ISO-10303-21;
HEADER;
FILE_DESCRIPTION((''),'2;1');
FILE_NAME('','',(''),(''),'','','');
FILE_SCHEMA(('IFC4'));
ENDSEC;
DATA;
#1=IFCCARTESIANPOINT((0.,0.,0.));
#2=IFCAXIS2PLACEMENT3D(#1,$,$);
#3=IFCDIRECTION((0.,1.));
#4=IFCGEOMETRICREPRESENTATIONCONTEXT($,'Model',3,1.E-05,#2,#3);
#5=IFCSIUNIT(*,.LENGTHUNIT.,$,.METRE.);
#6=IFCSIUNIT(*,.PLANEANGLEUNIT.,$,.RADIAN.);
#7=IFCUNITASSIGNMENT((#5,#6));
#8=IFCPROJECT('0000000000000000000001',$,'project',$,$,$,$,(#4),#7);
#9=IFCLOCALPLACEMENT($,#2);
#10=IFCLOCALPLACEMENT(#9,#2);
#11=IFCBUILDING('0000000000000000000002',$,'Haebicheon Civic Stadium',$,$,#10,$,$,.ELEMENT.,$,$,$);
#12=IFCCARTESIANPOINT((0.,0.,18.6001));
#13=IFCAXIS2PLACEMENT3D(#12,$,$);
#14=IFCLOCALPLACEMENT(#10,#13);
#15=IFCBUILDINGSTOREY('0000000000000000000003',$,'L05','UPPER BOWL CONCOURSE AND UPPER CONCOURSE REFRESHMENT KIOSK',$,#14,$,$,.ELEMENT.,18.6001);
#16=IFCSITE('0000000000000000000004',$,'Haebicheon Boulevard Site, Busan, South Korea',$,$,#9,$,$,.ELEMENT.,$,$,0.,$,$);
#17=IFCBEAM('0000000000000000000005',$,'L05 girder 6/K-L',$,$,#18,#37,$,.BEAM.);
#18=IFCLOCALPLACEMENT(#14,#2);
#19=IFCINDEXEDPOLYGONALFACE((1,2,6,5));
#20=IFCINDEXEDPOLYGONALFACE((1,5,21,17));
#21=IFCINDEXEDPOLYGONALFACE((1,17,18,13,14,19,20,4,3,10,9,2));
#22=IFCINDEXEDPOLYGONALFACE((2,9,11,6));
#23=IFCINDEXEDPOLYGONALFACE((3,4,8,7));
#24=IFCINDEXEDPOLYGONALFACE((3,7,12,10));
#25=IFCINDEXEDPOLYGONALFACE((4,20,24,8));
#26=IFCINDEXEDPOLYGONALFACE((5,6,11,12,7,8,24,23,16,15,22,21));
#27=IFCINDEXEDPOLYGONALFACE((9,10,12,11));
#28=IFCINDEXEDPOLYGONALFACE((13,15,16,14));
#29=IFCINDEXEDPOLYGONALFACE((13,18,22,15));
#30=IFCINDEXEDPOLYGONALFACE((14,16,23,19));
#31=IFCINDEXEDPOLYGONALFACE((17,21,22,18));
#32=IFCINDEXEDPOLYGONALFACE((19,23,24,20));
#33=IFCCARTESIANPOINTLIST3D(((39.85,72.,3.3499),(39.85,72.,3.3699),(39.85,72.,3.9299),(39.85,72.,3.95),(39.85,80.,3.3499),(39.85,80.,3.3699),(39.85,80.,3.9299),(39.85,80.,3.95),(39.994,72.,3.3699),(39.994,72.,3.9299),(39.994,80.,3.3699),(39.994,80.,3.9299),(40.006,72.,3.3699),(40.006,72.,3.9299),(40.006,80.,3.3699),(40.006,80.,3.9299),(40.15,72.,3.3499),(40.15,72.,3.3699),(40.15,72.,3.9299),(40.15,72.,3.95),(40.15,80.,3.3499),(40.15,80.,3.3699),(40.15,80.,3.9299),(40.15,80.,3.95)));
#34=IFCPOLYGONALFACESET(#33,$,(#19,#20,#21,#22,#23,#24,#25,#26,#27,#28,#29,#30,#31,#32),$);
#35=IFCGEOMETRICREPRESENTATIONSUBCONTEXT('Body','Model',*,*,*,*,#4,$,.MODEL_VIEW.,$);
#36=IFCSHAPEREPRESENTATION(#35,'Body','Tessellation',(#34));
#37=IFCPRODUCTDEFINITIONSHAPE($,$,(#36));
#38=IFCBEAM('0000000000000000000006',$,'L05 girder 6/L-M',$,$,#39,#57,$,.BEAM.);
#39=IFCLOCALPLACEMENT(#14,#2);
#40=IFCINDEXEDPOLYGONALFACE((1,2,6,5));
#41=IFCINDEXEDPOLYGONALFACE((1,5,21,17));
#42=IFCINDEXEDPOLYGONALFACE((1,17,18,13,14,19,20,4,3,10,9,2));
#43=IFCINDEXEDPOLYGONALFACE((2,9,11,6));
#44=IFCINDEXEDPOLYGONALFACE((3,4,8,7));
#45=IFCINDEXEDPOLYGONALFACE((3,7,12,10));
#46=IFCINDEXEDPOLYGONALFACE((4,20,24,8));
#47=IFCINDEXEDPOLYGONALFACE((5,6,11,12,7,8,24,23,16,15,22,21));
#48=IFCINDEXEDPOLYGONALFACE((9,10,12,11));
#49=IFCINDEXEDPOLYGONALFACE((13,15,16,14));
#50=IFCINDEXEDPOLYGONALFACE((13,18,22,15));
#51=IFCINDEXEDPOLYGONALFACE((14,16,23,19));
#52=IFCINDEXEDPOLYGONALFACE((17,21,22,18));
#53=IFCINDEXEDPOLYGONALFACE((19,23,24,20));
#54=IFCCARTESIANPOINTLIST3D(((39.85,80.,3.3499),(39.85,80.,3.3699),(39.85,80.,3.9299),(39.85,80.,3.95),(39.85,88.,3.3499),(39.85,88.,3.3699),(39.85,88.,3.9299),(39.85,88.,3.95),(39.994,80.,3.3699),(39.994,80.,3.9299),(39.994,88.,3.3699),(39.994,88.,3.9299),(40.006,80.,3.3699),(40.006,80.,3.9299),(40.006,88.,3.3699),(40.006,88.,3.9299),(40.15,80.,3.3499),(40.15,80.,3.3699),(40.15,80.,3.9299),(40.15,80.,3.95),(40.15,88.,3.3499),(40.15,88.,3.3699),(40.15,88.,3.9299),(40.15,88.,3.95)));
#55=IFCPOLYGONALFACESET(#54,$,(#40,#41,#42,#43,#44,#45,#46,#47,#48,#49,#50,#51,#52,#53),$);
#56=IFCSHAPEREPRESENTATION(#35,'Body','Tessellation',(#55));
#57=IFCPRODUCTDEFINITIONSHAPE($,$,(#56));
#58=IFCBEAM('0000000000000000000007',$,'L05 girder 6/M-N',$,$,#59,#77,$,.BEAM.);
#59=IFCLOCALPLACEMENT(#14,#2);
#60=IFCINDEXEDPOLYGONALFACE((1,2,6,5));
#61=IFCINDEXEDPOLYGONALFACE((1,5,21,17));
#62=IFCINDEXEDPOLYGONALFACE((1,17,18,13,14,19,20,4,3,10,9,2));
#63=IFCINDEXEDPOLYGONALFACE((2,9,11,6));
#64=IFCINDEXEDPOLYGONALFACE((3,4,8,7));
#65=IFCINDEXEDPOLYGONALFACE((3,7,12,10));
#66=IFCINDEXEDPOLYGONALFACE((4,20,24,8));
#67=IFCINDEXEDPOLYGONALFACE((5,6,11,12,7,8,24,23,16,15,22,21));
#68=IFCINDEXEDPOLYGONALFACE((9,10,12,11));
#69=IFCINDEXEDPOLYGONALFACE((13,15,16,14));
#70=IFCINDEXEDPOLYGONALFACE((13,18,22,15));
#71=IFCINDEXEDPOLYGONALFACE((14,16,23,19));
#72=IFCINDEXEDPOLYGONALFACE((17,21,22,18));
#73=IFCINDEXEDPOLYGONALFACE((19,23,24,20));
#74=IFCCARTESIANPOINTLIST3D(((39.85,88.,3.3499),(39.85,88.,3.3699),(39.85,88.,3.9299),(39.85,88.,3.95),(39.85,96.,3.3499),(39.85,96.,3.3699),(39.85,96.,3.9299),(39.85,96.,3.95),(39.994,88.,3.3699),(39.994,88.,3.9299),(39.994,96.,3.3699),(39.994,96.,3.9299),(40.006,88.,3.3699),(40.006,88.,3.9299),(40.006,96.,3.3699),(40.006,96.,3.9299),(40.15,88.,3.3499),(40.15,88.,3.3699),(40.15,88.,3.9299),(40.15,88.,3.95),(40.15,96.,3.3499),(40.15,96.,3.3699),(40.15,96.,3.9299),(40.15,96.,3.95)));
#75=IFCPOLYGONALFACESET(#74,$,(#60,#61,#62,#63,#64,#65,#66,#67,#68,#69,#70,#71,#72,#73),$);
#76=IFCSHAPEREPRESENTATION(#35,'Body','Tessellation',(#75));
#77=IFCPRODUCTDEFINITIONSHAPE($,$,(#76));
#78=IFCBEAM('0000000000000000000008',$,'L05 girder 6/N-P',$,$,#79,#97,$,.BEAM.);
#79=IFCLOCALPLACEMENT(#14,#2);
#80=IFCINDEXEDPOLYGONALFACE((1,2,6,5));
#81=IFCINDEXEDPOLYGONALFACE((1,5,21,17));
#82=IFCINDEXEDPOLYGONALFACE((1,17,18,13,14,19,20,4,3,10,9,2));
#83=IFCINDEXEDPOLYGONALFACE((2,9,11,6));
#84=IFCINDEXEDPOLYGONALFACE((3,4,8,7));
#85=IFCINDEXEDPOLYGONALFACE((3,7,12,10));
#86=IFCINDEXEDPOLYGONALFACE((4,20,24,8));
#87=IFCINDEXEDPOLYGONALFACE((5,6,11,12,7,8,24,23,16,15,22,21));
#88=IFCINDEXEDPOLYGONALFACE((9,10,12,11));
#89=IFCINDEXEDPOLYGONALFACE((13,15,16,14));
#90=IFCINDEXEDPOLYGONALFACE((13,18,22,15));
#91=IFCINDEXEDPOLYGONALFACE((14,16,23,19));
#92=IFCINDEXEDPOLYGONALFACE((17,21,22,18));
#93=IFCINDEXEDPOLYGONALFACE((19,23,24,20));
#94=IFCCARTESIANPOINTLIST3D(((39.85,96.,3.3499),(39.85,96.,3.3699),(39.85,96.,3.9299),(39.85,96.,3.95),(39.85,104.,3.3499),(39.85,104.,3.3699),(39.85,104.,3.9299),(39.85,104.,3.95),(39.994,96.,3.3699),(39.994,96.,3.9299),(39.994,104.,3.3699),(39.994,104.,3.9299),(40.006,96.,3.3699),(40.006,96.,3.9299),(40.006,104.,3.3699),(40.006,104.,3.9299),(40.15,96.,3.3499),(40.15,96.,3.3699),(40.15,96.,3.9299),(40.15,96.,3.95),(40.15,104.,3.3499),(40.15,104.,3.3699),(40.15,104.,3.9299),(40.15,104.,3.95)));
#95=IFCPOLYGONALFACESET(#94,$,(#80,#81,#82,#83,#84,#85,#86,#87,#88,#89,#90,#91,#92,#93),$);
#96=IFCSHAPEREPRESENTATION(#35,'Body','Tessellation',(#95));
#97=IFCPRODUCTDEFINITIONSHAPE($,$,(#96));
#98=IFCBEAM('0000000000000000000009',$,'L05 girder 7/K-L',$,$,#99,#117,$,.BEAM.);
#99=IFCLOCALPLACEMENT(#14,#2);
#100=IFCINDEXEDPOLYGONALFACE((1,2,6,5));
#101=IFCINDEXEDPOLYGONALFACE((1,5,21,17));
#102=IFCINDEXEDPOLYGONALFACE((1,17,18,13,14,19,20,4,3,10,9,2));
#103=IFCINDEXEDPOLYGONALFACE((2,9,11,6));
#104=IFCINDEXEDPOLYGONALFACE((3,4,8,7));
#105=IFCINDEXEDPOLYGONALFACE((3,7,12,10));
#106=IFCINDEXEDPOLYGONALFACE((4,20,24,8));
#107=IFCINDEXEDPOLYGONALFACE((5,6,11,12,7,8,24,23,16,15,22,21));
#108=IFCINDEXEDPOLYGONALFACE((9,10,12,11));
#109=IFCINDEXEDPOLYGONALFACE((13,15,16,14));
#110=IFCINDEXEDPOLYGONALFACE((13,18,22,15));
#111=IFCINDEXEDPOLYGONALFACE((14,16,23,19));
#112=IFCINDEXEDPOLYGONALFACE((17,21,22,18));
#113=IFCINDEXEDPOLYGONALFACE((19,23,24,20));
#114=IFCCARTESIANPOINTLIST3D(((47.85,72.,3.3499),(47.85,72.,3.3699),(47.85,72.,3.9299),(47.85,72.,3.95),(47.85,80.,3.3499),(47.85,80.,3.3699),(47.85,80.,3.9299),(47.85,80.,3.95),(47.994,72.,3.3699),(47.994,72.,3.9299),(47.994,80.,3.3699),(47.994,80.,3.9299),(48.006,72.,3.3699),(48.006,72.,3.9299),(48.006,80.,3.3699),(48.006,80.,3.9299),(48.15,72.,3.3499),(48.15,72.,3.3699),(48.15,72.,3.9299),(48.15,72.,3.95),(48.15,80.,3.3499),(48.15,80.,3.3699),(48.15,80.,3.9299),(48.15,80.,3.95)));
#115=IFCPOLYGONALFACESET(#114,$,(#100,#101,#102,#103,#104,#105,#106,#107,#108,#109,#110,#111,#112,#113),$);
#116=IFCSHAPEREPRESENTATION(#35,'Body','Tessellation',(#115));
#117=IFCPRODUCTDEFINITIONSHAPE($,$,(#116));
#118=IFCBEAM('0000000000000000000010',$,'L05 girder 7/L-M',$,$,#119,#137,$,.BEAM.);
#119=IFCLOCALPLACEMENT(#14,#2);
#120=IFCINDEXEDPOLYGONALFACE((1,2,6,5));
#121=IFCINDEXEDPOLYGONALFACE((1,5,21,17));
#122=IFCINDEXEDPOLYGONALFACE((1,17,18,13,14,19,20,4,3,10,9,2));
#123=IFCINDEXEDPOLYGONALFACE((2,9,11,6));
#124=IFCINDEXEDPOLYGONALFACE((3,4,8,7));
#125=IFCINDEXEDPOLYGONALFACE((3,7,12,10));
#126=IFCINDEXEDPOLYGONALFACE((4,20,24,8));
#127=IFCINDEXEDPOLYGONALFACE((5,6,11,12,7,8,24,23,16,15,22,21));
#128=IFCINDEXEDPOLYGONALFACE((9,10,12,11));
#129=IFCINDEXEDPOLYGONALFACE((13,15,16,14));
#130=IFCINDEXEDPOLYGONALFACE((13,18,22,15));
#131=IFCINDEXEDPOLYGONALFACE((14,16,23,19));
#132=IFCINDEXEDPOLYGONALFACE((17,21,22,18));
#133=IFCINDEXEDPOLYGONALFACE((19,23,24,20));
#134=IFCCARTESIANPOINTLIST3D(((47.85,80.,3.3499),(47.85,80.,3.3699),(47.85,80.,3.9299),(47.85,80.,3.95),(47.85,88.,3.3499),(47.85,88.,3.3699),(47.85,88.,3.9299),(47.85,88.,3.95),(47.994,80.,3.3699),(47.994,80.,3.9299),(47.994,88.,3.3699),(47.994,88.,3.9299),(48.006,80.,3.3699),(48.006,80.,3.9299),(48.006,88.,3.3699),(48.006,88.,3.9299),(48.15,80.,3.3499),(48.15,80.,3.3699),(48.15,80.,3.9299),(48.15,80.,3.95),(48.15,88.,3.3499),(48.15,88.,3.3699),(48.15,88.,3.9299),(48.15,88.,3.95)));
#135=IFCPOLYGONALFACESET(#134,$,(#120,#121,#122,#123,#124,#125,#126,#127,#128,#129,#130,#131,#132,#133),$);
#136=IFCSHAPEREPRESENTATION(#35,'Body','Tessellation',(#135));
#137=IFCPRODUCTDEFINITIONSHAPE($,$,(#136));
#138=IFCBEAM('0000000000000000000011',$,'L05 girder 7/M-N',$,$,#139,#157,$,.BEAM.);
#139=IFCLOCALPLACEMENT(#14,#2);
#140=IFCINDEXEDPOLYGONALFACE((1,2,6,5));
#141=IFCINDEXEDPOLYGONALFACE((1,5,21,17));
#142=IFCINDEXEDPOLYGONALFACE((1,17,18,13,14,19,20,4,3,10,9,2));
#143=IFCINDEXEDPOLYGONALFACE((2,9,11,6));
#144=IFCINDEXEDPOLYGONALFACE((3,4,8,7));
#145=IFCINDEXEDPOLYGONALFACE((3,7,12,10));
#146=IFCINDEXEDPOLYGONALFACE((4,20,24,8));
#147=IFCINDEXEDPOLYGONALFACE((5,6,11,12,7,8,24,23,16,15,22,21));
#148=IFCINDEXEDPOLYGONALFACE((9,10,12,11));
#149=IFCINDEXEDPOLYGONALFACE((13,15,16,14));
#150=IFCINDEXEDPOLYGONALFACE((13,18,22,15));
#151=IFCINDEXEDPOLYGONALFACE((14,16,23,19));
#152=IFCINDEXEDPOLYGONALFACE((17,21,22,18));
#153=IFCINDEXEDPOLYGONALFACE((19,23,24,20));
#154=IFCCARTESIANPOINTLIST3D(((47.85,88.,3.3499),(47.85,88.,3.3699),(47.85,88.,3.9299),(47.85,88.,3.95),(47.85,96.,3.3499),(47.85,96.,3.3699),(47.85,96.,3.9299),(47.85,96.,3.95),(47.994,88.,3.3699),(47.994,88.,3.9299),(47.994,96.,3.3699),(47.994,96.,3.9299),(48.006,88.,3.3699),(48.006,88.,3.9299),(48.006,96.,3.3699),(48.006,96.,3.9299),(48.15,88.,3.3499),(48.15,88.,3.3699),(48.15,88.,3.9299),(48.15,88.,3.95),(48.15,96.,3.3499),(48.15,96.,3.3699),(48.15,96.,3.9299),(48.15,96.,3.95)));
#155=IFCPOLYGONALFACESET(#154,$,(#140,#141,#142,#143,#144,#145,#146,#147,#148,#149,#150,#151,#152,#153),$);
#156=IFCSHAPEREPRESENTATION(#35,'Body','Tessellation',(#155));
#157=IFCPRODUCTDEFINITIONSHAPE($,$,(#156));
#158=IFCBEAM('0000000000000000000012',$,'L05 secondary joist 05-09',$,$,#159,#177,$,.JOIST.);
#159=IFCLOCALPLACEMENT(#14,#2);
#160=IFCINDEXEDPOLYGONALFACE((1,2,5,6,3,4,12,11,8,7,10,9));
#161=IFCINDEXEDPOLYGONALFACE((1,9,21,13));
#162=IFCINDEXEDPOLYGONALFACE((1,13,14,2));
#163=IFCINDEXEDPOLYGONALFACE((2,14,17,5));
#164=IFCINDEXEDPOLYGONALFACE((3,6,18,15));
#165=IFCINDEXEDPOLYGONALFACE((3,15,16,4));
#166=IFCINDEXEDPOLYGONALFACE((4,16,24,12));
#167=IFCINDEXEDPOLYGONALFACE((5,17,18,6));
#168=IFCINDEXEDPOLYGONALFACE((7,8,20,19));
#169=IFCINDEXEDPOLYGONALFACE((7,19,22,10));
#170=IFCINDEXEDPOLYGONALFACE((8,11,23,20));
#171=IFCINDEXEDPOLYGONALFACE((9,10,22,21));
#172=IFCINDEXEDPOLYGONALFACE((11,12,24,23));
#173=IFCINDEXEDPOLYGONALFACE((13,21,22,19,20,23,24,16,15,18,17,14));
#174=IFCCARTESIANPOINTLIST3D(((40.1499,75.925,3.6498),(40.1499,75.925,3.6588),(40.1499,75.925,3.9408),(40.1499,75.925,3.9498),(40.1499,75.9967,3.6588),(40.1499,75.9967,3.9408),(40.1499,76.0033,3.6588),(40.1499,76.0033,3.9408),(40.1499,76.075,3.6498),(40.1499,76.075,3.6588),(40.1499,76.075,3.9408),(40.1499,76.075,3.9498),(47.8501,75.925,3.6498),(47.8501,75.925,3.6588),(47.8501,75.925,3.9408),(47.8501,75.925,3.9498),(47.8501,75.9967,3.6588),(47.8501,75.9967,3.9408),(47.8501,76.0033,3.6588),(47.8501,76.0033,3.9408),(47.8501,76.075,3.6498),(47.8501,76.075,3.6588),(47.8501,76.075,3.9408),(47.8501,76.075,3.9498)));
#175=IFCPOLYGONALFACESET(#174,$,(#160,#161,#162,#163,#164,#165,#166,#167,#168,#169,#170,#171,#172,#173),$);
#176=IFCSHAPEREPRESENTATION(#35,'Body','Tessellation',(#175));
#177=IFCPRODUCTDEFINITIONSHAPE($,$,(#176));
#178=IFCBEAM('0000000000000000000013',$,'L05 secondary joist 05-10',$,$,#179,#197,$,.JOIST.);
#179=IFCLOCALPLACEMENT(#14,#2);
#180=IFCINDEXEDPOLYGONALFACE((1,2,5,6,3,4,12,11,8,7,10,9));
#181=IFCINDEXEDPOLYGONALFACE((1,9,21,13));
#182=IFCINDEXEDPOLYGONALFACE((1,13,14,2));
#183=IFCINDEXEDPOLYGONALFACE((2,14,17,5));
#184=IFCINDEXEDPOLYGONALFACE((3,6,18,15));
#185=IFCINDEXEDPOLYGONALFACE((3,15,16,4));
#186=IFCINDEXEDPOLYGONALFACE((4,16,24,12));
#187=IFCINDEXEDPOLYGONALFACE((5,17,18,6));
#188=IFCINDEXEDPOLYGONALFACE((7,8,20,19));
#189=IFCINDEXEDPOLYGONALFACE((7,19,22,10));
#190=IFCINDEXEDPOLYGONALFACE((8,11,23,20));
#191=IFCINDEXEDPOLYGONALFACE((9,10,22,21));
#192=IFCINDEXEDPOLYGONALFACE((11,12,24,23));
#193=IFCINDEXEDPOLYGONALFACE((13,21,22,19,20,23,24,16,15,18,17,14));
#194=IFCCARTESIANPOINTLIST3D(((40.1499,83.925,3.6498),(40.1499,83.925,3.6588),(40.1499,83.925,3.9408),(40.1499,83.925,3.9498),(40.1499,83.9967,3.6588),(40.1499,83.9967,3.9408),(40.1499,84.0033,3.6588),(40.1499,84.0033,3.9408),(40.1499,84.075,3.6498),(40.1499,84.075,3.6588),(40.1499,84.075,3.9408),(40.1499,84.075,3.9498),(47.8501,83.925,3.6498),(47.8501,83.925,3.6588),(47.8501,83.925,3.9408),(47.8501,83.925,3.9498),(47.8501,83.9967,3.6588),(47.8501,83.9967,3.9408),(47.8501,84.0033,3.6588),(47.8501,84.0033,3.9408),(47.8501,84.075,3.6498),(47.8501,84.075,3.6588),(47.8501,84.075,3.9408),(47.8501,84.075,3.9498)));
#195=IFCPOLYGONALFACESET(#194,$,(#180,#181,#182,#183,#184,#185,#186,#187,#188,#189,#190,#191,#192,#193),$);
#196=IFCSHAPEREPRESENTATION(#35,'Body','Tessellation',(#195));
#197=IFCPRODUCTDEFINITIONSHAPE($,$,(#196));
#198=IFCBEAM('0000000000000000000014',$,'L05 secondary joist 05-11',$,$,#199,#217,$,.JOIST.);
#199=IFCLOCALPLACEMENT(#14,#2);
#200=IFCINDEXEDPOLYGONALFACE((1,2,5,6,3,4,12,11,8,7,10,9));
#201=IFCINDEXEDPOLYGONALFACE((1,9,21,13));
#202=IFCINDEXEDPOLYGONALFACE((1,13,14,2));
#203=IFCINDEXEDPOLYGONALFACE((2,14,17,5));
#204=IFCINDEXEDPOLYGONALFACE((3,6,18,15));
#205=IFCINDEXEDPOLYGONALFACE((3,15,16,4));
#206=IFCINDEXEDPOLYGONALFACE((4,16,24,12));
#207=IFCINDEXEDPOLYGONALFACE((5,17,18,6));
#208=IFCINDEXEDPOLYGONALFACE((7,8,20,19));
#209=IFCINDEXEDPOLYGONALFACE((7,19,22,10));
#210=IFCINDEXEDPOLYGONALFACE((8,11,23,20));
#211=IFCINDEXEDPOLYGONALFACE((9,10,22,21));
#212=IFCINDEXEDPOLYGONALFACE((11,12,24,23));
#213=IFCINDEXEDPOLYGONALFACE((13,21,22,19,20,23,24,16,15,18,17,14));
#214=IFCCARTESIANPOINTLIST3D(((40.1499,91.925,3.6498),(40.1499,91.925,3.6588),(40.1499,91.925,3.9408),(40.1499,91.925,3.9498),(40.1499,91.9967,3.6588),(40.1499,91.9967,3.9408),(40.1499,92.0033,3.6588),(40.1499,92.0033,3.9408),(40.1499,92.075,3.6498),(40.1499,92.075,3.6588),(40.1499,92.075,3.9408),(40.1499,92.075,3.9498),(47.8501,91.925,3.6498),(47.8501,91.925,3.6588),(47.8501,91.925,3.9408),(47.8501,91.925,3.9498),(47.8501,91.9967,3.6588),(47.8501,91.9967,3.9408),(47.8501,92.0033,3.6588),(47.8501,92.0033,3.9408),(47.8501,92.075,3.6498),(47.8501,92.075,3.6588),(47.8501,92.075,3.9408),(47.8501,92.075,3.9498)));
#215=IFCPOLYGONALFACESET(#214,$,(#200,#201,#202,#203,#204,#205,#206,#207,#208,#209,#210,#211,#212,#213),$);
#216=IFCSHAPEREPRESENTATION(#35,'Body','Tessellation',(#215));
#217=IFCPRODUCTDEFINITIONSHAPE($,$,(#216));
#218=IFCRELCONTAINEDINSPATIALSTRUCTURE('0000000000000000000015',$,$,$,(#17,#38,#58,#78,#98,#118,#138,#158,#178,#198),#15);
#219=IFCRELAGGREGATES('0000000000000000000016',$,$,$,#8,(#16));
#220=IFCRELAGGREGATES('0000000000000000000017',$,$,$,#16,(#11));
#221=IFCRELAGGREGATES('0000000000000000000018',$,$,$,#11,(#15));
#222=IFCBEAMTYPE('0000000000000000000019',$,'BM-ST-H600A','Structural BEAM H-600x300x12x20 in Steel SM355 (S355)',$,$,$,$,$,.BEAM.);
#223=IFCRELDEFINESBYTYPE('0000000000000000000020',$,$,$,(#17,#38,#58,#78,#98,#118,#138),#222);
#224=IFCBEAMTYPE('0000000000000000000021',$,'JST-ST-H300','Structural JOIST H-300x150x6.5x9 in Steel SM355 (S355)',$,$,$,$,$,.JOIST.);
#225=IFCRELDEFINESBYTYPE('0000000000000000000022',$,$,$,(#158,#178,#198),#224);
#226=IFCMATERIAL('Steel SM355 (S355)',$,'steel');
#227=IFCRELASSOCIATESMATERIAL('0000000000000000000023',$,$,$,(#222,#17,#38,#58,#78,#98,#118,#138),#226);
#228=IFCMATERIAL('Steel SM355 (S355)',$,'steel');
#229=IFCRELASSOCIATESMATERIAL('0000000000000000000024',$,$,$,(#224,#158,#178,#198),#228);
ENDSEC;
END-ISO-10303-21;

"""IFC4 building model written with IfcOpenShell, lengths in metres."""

from ifc_helpers import new_model, si_unit, direction, frame, origin, origin_2d, place, context, subcontext, project, spatial, i_section, extrude, material, material_profile, profile_set, type_object, element, save


model = new_model("IFC4")

# Units and contexts
model_context = context("Model", 3, precision=1e-05, world=origin(), true_north=direction((0.0, 1.0)))
body_context = subcontext(model_context, "Body", "Model", "MODEL_VIEW")
ifc_project = project(units=[si_unit("LENGTHUNIT", "METRE"), si_unit("PLANEANGLEUNIT", "RADIAN")], contexts=[model_context])

# Site, building, storey
site_placement = place(None, origin())
site = spatial("IfcSite", under=ifc_project, at=site_placement, Name="Haebicheon Boulevard Site, Busan, South Korea", CompositionType="ELEMENT", RefElevation=0.0)
building_placement = place(site_placement, origin())
building = spatial("IfcBuilding", under=site, at=building_placement, Name="Haebicheon Civic Stadium", CompositionType="ELEMENT")
storey_placement = place(building_placement, frame((0.0, 0.0, 18.6001)))
storey = spatial("IfcBuildingStorey", under=building, at=storey_placement, Name="L05", Description="UPPER BOWL CONCOURSE AND UPPER CONCOURSE REFRESHMENT KIOSK", CompositionType="ELEMENT", Elevation=18.6001)

# Beams
ifc_material_1 = material(Name="Steel SM355 (S355)", Category="steel")
ifc_material_profile_1 = material_profile(ifc_material_1, i_section(OverallWidth=0.3, OverallDepth=0.6001, WebThickness=0.012, FlangeThickness=0.02, at=origin_2d()), Name="H-600x300x12x20")
ifc_profile_set_1 = profile_set([ifc_material_profile_1], Name="Steel SM355 (S355)")
beam_type_1 = type_object("IfcBeamType", Name="BM-ST-H600A", Description="Structural BEAM H-600x300x12x20 in Steel SM355 (S355)", PredefinedType="BEAM", material=ifc_profile_set_1)
for number, where, z_axis, x_axis, name in (
    (1, (40.0, 72.0, 3.6499), (0.0, 1.0, 0.0), (-1.0, 0.0, 0.0), "L05 girder 6/K-L"),
    (2, (40.0, 80.0, 3.6499), (0.0, 1.0, 0.0), (-1.0, 0.0, 0.0), "L05 girder 6/L-M"),
    (3, (40.0, 88.0, 3.6499), (0.0, 1.0, 0.0), (-1.0, 0.0, 0.0), "L05 girder 6/M-N"),
    (4, (40.0, 96.0, 3.6499), (0.0, 1.0, 0.0), (-1.0, 0.0, 0.0), "L05 girder 6/N-P"),
    (5, (48.0, 72.0, 3.6499), (0.0, 1.0, 0.0), (-1.0, 0.0, 0.0), "L05 girder 7/K-L"),
    (6, (48.0, 80.0, 3.6499), (0.0, 1.0, 0.0), (-1.0, 0.0, 0.0), "L05 girder 7/L-M"),
    (7, (48.0, 88.0, 3.6499), (0.0, 1.0, 0.0), (-1.0, 0.0, 0.0), "L05 girder 7/M-N"),
):
    element("IfcBeam", number, at=place(storey_placement, frame(where, z_axis=z_axis, x_axis=x_axis)), inside=storey, type_object=beam_type_1, material=ifc_profile_set_1, Name=name, PredefinedType="BEAM", context=body_context, shape_type="SweptSolid", body=[
        extrude(i_section(OverallWidth=0.3, OverallDepth=0.6001, WebThickness=0.012, FlangeThickness=0.02, at=origin_2d()), origin(), (0.0, 0.0, 1.0), 8.0),
    ])
ifc_material_2 = material(Name="Steel SM355 (S355)", Category="steel")
ifc_material_profile_2 = material_profile(ifc_material_2, i_section(OverallWidth=0.1499, OverallDepth=0.3, WebThickness=0.0066, FlangeThickness=0.009, at=origin_2d()), Name="H-300x150x6.5x9")
ifc_profile_set_2 = profile_set([ifc_material_profile_2], Name="Steel SM355 (S355)")
beam_type_2 = type_object("IfcBeamType", Name="JST-ST-H300", Description="Structural JOIST H-300x150x6.5x9 in Steel SM355 (S355)", PredefinedType="JOIST", material=ifc_profile_set_2)
for number, where, z_axis, x_axis, name in (
    (8, (40.1499, 76.0, 3.7998), (1.0, 0.0, 0.0), (0.0, 1.0, 0.0), "L05 secondary joist 05-09"),
    (9, (40.1499, 84.0, 3.7998), (1.0, 0.0, 0.0), (0.0, 1.0, 0.0), "L05 secondary joist 05-10"),
    (10, (40.1499, 92.0, 3.7998), (1.0, 0.0, 0.0), (0.0, 1.0, 0.0), "L05 secondary joist 05-11"),
):
    element("IfcBeam", number, at=place(storey_placement, frame(where, z_axis=z_axis, x_axis=x_axis)), inside=storey, type_object=beam_type_2, material=ifc_profile_set_2, Name=name, PredefinedType="JOIST", context=body_context, shape_type="SweptSolid", body=[
        extrude(i_section(OverallWidth=0.1499, OverallDepth=0.3, WebThickness=0.0066, FlangeThickness=0.009, at=origin_2d()), origin(), (0.0, 0.0, 1.0), 7.7002),
    ])

save(model, "model.ifc")
